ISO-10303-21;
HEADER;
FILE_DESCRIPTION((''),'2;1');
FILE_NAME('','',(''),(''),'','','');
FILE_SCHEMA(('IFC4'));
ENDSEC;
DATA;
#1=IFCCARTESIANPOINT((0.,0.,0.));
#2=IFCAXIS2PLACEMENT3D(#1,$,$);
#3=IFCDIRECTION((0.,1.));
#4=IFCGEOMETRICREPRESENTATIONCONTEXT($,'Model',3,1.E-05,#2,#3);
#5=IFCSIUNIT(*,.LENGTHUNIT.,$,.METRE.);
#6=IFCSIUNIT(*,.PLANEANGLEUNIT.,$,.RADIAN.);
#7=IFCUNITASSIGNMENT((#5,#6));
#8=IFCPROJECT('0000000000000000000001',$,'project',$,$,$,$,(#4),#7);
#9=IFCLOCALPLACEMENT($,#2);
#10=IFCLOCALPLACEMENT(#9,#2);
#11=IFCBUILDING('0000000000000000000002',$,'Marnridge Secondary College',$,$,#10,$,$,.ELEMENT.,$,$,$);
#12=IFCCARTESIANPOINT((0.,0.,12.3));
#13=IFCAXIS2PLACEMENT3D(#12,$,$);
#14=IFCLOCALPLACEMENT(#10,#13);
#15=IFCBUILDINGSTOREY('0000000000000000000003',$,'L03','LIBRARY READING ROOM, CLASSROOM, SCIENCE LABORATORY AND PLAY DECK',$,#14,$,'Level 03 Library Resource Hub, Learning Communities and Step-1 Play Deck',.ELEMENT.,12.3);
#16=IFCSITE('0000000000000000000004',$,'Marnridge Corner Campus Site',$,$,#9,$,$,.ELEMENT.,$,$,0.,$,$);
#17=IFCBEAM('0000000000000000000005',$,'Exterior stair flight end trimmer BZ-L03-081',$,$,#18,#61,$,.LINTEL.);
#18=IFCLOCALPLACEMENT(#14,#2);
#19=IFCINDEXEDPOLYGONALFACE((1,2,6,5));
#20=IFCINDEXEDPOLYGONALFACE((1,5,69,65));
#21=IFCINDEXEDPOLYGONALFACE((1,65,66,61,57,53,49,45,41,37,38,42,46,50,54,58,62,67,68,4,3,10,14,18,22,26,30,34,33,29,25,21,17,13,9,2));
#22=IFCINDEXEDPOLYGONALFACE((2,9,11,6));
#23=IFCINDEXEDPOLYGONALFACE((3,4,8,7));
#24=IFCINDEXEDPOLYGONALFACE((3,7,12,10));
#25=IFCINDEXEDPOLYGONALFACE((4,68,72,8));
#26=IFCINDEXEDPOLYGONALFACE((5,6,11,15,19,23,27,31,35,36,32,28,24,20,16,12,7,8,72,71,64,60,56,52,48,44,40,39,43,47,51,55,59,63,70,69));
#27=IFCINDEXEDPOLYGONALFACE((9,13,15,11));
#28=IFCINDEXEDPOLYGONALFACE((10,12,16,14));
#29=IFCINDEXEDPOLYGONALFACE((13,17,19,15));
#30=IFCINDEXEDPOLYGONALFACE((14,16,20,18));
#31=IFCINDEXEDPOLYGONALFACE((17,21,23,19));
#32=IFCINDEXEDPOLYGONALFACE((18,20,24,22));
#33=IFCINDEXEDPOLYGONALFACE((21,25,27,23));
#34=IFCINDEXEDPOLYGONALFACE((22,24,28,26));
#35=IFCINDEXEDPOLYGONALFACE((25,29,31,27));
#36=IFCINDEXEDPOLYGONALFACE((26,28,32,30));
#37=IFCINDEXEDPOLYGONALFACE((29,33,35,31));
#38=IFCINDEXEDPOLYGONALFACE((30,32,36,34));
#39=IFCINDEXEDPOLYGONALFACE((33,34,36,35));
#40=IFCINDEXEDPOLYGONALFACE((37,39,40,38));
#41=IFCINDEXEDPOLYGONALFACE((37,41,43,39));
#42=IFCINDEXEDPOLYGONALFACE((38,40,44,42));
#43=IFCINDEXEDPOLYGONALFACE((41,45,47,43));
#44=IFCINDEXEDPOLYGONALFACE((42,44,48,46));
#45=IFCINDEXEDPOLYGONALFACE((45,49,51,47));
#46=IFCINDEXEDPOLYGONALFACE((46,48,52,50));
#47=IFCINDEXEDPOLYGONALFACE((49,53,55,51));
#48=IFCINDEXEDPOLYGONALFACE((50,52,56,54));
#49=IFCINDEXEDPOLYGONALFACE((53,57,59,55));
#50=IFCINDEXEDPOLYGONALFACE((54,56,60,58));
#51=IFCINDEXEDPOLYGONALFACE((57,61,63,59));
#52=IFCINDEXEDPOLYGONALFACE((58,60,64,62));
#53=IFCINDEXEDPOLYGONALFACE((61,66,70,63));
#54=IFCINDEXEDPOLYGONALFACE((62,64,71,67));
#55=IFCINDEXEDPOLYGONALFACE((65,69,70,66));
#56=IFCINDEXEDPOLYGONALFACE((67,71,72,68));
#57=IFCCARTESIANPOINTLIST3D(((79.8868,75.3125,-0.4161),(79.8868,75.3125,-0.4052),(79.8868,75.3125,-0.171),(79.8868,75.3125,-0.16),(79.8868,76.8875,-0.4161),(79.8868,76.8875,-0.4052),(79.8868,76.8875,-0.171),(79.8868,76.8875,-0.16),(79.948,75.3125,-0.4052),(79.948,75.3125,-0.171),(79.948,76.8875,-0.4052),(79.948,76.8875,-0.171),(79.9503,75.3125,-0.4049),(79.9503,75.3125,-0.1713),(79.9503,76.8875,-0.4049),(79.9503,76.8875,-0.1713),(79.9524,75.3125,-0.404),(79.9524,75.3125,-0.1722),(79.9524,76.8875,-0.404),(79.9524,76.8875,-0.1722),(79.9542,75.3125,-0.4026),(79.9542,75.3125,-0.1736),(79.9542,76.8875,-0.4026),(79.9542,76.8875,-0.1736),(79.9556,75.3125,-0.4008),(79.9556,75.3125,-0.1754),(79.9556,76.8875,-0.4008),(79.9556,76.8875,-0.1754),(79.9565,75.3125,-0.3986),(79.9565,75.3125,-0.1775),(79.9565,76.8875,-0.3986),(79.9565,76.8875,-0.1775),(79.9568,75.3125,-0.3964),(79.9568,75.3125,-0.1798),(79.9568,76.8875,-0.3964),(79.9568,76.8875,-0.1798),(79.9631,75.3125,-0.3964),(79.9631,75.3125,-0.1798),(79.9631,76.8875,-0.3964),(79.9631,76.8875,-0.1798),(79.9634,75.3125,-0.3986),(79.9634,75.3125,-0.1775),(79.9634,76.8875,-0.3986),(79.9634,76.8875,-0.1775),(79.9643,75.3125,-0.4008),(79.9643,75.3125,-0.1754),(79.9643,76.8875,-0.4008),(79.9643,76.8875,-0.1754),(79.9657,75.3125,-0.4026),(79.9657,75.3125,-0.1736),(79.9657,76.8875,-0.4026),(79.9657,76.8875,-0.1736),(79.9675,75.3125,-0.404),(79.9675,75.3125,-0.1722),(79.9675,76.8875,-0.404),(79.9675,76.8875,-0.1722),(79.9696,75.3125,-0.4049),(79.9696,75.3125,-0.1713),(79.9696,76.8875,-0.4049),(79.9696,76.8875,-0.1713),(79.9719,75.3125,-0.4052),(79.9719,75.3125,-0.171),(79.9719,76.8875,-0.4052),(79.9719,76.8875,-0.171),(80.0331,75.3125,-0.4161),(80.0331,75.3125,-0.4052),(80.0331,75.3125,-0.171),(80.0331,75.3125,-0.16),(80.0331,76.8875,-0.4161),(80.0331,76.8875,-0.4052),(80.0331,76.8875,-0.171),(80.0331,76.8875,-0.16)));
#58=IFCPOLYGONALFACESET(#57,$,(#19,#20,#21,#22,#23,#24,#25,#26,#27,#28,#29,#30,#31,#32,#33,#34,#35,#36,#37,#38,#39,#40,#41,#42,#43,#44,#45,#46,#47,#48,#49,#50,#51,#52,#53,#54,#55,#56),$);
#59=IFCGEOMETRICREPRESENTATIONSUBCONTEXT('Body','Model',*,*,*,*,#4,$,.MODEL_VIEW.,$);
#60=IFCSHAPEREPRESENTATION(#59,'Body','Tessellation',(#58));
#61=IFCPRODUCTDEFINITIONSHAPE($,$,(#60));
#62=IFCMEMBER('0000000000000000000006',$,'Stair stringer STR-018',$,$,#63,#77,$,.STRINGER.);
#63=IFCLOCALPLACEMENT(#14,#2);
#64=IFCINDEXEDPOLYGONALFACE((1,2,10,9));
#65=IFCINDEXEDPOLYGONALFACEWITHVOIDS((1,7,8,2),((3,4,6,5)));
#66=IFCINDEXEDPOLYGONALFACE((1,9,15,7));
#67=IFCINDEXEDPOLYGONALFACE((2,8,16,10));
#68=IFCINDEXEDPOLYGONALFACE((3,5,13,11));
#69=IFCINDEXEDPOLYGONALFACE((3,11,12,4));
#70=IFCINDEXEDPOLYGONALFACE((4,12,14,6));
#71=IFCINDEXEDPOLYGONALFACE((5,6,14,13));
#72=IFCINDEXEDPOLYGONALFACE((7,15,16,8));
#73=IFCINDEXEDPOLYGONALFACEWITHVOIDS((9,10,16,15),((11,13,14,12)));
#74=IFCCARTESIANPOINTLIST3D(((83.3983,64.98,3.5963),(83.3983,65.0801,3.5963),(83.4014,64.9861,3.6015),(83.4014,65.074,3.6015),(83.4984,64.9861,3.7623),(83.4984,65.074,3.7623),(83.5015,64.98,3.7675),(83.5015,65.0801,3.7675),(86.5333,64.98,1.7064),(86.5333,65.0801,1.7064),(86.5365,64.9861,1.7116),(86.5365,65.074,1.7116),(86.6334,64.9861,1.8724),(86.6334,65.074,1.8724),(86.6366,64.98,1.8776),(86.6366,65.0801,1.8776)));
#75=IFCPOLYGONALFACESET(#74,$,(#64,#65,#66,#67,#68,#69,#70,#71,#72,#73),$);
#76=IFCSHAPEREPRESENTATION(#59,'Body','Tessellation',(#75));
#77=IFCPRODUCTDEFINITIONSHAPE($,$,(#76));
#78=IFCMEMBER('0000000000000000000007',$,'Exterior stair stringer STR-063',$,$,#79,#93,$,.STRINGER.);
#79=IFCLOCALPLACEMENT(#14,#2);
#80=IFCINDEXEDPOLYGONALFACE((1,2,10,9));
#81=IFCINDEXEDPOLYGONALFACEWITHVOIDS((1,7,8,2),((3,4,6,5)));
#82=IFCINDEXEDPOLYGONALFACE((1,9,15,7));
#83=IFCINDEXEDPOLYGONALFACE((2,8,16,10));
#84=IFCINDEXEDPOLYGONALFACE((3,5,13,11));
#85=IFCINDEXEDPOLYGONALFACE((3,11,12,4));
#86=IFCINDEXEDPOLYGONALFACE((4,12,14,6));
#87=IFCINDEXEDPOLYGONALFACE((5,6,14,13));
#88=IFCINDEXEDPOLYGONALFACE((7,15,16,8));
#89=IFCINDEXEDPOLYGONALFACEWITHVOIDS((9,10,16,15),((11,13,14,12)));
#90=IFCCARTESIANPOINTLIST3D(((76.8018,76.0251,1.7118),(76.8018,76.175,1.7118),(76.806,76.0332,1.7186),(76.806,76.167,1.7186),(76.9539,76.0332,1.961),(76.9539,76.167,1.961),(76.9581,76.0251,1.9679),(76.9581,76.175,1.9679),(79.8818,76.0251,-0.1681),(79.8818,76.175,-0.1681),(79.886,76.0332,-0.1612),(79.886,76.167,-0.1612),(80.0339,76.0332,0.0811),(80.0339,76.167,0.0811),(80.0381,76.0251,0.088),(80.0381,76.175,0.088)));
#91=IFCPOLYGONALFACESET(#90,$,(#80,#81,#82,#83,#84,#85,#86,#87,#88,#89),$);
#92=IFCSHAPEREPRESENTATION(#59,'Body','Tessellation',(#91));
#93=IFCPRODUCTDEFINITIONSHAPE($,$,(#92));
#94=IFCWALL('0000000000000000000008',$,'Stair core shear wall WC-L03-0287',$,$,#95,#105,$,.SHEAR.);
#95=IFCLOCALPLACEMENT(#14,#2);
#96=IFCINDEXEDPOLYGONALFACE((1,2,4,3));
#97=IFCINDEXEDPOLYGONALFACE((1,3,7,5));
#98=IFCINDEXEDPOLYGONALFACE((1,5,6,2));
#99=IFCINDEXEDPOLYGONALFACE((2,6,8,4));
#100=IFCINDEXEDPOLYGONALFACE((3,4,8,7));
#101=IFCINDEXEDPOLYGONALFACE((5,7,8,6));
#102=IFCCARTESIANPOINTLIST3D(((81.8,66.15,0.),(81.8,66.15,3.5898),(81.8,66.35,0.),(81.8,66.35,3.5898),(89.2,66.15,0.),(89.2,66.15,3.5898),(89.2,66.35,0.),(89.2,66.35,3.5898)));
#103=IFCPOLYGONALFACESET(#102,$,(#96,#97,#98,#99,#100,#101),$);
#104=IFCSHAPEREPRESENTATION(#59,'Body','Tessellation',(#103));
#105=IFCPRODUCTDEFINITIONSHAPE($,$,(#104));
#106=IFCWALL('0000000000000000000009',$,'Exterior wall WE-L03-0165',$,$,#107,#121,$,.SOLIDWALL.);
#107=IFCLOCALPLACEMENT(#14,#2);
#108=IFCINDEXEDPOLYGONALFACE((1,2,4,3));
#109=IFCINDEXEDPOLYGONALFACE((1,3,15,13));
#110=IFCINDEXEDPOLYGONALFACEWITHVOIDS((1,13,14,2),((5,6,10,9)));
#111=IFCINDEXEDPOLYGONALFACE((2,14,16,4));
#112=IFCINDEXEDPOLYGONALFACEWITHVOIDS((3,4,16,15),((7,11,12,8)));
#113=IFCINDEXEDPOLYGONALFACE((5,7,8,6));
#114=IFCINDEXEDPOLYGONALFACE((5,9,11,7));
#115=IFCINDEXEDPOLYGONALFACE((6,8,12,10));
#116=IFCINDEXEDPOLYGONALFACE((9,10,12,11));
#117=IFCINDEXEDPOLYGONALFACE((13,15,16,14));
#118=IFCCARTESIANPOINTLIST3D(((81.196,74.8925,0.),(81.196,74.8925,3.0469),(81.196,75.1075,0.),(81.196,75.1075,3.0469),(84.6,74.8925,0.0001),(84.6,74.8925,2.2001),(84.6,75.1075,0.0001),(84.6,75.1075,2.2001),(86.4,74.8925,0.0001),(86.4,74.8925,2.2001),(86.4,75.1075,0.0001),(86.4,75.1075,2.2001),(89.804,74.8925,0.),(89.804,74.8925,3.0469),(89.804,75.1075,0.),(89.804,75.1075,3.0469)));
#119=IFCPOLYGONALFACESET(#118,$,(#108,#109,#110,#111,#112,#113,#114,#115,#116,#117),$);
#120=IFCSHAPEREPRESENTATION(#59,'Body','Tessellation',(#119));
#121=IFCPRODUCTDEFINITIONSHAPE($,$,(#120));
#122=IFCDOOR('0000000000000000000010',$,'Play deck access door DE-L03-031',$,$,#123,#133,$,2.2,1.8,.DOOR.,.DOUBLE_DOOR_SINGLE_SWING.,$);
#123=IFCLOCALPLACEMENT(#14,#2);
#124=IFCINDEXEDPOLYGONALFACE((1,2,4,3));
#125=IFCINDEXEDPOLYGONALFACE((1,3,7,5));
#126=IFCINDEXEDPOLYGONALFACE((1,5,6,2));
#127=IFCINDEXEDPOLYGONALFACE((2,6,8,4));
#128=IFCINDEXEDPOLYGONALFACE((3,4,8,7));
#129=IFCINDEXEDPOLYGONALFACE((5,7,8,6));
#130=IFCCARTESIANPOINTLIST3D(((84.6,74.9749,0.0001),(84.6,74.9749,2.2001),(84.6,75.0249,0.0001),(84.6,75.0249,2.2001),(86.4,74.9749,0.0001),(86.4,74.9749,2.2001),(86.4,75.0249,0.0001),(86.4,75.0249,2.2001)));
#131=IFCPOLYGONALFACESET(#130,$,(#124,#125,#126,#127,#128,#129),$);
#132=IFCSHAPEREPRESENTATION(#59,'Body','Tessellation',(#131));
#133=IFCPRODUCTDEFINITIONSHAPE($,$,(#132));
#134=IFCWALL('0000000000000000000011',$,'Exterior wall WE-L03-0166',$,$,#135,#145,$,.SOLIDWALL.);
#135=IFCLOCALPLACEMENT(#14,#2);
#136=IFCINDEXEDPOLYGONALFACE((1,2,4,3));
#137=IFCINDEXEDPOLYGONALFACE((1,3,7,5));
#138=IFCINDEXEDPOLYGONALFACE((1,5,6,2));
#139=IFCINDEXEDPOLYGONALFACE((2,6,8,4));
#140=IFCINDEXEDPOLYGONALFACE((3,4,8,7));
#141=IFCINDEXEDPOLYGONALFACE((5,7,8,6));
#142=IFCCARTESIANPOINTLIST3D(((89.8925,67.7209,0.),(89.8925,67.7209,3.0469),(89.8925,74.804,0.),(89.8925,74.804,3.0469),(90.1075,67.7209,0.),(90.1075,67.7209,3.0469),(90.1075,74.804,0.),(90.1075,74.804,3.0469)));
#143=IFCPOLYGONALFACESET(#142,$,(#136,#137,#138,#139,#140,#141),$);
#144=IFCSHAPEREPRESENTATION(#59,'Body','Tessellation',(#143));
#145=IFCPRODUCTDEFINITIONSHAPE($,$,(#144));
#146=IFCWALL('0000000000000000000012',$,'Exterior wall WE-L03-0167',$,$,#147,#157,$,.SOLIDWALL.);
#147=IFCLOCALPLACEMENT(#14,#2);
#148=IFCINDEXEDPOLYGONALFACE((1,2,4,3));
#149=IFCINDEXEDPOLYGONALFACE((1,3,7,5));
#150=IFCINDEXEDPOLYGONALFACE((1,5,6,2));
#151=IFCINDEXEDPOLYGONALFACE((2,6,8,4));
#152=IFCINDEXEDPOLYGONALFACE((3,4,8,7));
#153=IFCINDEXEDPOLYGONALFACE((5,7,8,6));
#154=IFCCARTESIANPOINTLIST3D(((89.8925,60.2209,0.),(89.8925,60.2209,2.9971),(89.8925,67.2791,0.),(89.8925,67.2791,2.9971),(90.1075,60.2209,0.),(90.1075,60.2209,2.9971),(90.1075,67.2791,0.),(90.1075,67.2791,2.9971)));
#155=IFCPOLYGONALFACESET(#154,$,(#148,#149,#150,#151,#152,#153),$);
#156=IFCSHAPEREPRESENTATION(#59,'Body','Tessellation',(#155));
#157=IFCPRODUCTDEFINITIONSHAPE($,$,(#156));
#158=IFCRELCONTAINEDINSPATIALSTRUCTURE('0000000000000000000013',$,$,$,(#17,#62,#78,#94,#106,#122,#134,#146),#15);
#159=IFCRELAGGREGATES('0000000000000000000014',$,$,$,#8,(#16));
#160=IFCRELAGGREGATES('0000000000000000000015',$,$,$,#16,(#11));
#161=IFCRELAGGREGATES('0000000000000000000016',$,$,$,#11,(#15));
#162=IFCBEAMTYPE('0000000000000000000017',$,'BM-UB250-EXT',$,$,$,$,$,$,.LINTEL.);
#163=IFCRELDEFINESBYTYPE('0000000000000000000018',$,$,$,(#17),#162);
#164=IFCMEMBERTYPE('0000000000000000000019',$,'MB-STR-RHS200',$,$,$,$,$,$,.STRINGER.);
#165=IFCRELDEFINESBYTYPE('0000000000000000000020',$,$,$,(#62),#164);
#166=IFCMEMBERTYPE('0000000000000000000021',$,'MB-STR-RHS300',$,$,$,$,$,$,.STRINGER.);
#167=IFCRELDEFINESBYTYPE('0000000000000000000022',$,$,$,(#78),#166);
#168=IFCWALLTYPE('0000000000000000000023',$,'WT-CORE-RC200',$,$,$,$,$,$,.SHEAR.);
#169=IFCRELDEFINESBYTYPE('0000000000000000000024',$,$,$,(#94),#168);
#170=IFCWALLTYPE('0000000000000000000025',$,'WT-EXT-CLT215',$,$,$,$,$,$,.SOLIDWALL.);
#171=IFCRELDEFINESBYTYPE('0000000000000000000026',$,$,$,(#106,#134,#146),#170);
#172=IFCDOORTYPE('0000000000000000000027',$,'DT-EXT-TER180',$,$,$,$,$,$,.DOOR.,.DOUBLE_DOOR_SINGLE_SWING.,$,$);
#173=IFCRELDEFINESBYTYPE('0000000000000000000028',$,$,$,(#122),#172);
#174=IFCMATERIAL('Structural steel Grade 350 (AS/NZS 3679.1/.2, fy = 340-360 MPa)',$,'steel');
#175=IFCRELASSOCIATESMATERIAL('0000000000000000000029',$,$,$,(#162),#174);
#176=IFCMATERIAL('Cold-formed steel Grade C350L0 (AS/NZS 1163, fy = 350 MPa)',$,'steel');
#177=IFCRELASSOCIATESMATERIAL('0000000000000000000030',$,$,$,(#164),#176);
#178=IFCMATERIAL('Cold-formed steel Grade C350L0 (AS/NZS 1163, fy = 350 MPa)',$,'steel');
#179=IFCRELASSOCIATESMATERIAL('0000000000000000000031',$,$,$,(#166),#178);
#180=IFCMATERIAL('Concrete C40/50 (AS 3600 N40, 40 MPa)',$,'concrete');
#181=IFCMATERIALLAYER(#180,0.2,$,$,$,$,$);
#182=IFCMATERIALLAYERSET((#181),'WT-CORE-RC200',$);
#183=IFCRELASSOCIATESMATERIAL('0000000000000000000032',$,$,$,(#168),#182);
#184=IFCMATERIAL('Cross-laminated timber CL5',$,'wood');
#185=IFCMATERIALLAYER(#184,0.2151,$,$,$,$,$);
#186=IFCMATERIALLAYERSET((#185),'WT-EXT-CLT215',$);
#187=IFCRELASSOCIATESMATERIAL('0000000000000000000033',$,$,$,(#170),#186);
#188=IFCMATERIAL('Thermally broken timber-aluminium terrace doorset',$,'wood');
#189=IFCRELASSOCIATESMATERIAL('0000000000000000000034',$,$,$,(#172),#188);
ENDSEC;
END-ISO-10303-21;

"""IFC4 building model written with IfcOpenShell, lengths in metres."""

from ifc_helpers import new_model, si_unit, direction, frame, frame_2d, origin, origin_2d, place, context, subcontext, project, spatial, rectangle, hollow_rectangle, i_section, extrude, material, layer, layer_set, material_profile, profile_set, type_object, element, fill, save


model = new_model("IFC4")

# Units and contexts
model_context = context("Model", 3, precision=1e-05, world=origin(), true_north=direction((0.0, 1.0)))
body_context = subcontext(model_context, "Body", "Model", "MODEL_VIEW")
ifc_project = project(units=[si_unit("LENGTHUNIT", "METRE"), si_unit("PLANEANGLEUNIT", "RADIAN")], contexts=[model_context])

# Site, building, storey
site_placement = place(None, origin())
site = spatial("IfcSite", under=ifc_project, at=site_placement, Name="Marnridge Corner Campus Site", CompositionType="ELEMENT", RefElevation=0.0)
building_placement = place(site_placement, origin())
building = spatial("IfcBuilding", under=site, at=building_placement, Name="Marnridge Secondary College", CompositionType="ELEMENT")
storey_placement = place(building_placement, frame((0.0, 0.0, 12.3)))
storey = spatial("IfcBuildingStorey", under=building, at=storey_placement, Name="L03", Description="LIBRARY READING ROOM, CLASSROOM, SCIENCE LABORATORY AND PLAY DECK", LongName="Level 03 Library Resource Hub, Learning Communities and Step-1 Play Deck", CompositionType="ELEMENT", Elevation=12.3)

# Beam
ifc_material_1 = material(Name="Structural steel Grade 350 (AS/NZS 3679.1/.2, fy = 340-360 MPa)", Category="steel")
ifc_material_profile_1 = material_profile(ifc_material_1, i_section(OverallWidth=0.1462, OverallDepth=0.2561, WebThickness=0.0063, FlangeThickness=0.011, FilletRadius=0.0088, at=origin_2d()), Name="250UB37.3")
ifc_profile_set_1 = profile_set([ifc_material_profile_1], Name="Structural steel Grade 350 (AS/NZS 3679.1/.2, fy = 340-360 MPa)")
beam_type_1 = type_object("IfcBeamType", Name="BM-UB250-EXT", PredefinedType="LINTEL", material=ifc_profile_set_1)
beam_1_placement = place(storey_placement, frame((79.96, 75.3125, -0.2881), z_axis=(0.0, 1.0, 0.0), x_axis=(-1.0, 0.0, 0.0)))
element("IfcBeam", 1, at=beam_1_placement, inside=storey, type_object=beam_type_1, Name="Exterior stair flight end trimmer BZ-L03-081", PredefinedType="LINTEL", context=body_context, shape_type="SweptSolid", body=[
    extrude(i_section(OverallWidth=0.1462, OverallDepth=0.2561, WebThickness=0.0063, FlangeThickness=0.011, FilletRadius=0.0088, at=origin_2d()), origin(), (0.0, 0.0, 1.0), 1.575),
])

# Members
ifc_material_2 = material(Name="Cold-formed steel Grade C350L0 (AS/NZS 1163, fy = 350 MPa)", Category="steel")
ifc_material_profile_2 = material_profile(ifc_material_2, hollow_rectangle(XDim=0.1001, YDim=0.2, WallThickness=0.0061, at=origin_2d()), Name="200x100x6.0RHS")
ifc_profile_set_2 = profile_set([ifc_material_profile_2], Name="Cold-formed steel Grade C350L0 (AS/NZS 1163, fy = 350 MPa)")
member_type_1 = type_object("IfcMemberType", Name="MB-STR-RHS200", PredefinedType="STRINGER", material=ifc_profile_set_2)
member_1_placement = place(storey_placement, frame((86.585, 65.03, 1.792), z_axis=(-0.85642, 0.0, 0.51628), x_axis=(0.0, -1.0, 0.0)))
element("IfcMember", 2, at=member_1_placement, inside=storey, type_object=member_type_1, Name="Stair stringer STR-018", PredefinedType="STRINGER", context=body_context, shape_type="SweptSolid", body=[
    extrude(hollow_rectangle(XDim=0.1001, YDim=0.2, WallThickness=0.0061, at=origin_2d()), origin(), (0.0, 0.0, 1.0), 3.6606),
])
ifc_material_3 = material(Name="Cold-formed steel Grade C350L0 (AS/NZS 1163, fy = 350 MPa)", Category="steel")
ifc_material_profile_3 = material_profile(ifc_material_3, hollow_rectangle(XDim=0.1499, YDim=0.3, WallThickness=0.0081, at=origin_2d()), Name="300x150x8.0RHS")
ifc_profile_set_3 = profile_set([ifc_material_profile_3], Name="Cold-formed steel Grade C350L0 (AS/NZS 1163, fy = 350 MPa)")
member_type_2 = type_object("IfcMemberType", Name="MB-STR-RHS300", PredefinedType="STRINGER", material=ifc_profile_set_3)
member_2_placement = place(storey_placement, frame((79.96, 76.1001, -0.04), z_axis=(-0.853576, 0.0, 0.520968), x_axis=(0.0, -1.0, 0.0)))
element("IfcMember", 3, at=member_2_placement, inside=storey, type_object=member_type_2, Name="Exterior stair stringer STR-063", PredefinedType="STRINGER", context=body_context, shape_type="SweptSolid", body=[
    extrude(hollow_rectangle(XDim=0.1499, YDim=0.3, WallThickness=0.0081, at=origin_2d()), origin(), (0.0, 0.0, 1.0), 3.6084),
])

# Wall
ifc_material_4 = material(Name="Concrete C40/50 (AS 3600 N40, 40 MPa)", Category="concrete")
ifc_layer_1 = layer(ifc_material_4, 0.2)
ifc_layer_set_1 = layer_set([ifc_layer_1], Name="WT-CORE-RC200")
wall_type_1 = type_object("IfcWallType", Name="WT-CORE-RC200", PredefinedType="SHEAR", material=ifc_layer_set_1)
wall_1_placement = place(storey_placement, frame((89.2, 66.25, 0.0), z_axis=(0.0, 0.0, 1.0), x_axis=(-1.0, 0.0, 0.0)))
element("IfcWall", 4, at=wall_1_placement, inside=storey, type_object=wall_type_1, Name="Stair core shear wall WC-L03-0287", PredefinedType="SHEAR", context=body_context, shape_type="SweptSolid", body=[
    extrude(rectangle(XDim=7.3999, YDim=0.2, at=frame_2d((3.7, 0.0))), origin(), (0.0, 0.0, 1.0), 3.5898),
])

# Wall, opening, door
ifc_material_5 = material(Name="Cross-laminated timber CL5", Category="wood")
ifc_layer_2 = layer(ifc_material_5, 0.2151)
ifc_layer_set_2 = layer_set([ifc_layer_2], Name="WT-EXT-CLT215")
wall_type_2 = type_object("IfcWallType", Name="WT-EXT-CLT215", PredefinedType="SOLIDWALL", material=ifc_layer_set_2)
wall_2_placement = place(storey_placement, frame((81.196, 75.0, 0.0), z_axis=(0.0, 0.0, 1.0), x_axis=(1.0, 0.0, 0.0)))
wall_2 = element("IfcWall", 5, at=wall_2_placement, inside=storey, type_object=wall_type_2, Name="Exterior wall WE-L03-0165", PredefinedType="SOLIDWALL", context=body_context, shape_type="SweptSolid", body=[
    extrude(rectangle(XDim=8.6079, YDim=0.2151, at=frame_2d((4.304, 0.0))), origin(), (0.0, 0.0, 1.0), 3.0469),
])
opening_1_placement = place(wall_2_placement, frame((3.4041, 0.0, 0.0)))
opening_1 = element("IfcOpeningElement", 6, at=opening_1_placement, cuts=wall_2, PredefinedType="OPENING", context=body_context, shape_type="SweptSolid", body=[
    extrude(rectangle(XDim=1.8, YDim=2.2, at=frame_2d((0.8999, 1.1001))), frame((0.0, 0.1174, 0.0), z_axis=(0.0, -1.0, 0.0), x_axis=(1.0, 0.0, 0.0)), (0.0, 0.0, 1.0), 0.2351),
])
ifc_material_6 = material(Name="Thermally broken timber-aluminium terrace doorset", Category="wood")
door_type_1 = type_object("IfcDoorType", Name="DT-EXT-TER180", OperationType="DOUBLE_DOOR_SINGLE_SWING", PredefinedType="DOOR", material=ifc_material_6)
door_1_placement = place(opening_1_placement, origin())
door_1 = element("IfcDoor", 7, at=door_1_placement, inside=storey, type_object=door_type_1, Name="Play deck access door DE-L03-031", OperationType="DOUBLE_DOOR_SINGLE_SWING", OverallHeight=2.2, OverallWidth=1.8, PredefinedType="DOOR", context=body_context, shape_type="SweptSolid", body=[
    extrude(rectangle(XDim=1.8, YDim=2.2, at=frame_2d((0.8999, 1.1001))), frame((0.0, 0.0249, 0.0), z_axis=(0.0, -1.0, 0.0), x_axis=(1.0, 0.0, 0.0)), (0.0, 0.0, 1.0), 0.05),
])
fill(opening_1, door_1)

# Walls
wall_3_placement = place(storey_placement, frame((90.0, 74.804, 0.0), z_axis=(0.0, 0.0, 1.0), x_axis=(0.0, -1.0, 0.0)))
element("IfcWall", 8, at=wall_3_placement, inside=storey, type_object=wall_type_2, Name="Exterior wall WE-L03-0166", PredefinedType="SOLIDWALL", context=body_context, shape_type="SweptSolid", body=[
    extrude(rectangle(XDim=7.083, YDim=0.2151, at=frame_2d((3.5415, 0.0))), origin(), (0.0, 0.0, 1.0), 3.0469),
])
wall_4_placement = place(storey_placement, frame((90.0, 67.2791, 0.0), z_axis=(0.0, 0.0, 1.0), x_axis=(0.0, -1.0, 0.0)))
element("IfcWall", 9, at=wall_4_placement, inside=storey, type_object=wall_type_2, Name="Exterior wall WE-L03-0167", PredefinedType="SOLIDWALL", context=body_context, shape_type="SweptSolid", body=[
    extrude(rectangle(XDim=7.0581, YDim=0.2151, at=frame_2d((3.5291, 0.0))), origin(), (0.0, 0.0, 1.0), 2.9971),
])

save(model, "model.ifc")
